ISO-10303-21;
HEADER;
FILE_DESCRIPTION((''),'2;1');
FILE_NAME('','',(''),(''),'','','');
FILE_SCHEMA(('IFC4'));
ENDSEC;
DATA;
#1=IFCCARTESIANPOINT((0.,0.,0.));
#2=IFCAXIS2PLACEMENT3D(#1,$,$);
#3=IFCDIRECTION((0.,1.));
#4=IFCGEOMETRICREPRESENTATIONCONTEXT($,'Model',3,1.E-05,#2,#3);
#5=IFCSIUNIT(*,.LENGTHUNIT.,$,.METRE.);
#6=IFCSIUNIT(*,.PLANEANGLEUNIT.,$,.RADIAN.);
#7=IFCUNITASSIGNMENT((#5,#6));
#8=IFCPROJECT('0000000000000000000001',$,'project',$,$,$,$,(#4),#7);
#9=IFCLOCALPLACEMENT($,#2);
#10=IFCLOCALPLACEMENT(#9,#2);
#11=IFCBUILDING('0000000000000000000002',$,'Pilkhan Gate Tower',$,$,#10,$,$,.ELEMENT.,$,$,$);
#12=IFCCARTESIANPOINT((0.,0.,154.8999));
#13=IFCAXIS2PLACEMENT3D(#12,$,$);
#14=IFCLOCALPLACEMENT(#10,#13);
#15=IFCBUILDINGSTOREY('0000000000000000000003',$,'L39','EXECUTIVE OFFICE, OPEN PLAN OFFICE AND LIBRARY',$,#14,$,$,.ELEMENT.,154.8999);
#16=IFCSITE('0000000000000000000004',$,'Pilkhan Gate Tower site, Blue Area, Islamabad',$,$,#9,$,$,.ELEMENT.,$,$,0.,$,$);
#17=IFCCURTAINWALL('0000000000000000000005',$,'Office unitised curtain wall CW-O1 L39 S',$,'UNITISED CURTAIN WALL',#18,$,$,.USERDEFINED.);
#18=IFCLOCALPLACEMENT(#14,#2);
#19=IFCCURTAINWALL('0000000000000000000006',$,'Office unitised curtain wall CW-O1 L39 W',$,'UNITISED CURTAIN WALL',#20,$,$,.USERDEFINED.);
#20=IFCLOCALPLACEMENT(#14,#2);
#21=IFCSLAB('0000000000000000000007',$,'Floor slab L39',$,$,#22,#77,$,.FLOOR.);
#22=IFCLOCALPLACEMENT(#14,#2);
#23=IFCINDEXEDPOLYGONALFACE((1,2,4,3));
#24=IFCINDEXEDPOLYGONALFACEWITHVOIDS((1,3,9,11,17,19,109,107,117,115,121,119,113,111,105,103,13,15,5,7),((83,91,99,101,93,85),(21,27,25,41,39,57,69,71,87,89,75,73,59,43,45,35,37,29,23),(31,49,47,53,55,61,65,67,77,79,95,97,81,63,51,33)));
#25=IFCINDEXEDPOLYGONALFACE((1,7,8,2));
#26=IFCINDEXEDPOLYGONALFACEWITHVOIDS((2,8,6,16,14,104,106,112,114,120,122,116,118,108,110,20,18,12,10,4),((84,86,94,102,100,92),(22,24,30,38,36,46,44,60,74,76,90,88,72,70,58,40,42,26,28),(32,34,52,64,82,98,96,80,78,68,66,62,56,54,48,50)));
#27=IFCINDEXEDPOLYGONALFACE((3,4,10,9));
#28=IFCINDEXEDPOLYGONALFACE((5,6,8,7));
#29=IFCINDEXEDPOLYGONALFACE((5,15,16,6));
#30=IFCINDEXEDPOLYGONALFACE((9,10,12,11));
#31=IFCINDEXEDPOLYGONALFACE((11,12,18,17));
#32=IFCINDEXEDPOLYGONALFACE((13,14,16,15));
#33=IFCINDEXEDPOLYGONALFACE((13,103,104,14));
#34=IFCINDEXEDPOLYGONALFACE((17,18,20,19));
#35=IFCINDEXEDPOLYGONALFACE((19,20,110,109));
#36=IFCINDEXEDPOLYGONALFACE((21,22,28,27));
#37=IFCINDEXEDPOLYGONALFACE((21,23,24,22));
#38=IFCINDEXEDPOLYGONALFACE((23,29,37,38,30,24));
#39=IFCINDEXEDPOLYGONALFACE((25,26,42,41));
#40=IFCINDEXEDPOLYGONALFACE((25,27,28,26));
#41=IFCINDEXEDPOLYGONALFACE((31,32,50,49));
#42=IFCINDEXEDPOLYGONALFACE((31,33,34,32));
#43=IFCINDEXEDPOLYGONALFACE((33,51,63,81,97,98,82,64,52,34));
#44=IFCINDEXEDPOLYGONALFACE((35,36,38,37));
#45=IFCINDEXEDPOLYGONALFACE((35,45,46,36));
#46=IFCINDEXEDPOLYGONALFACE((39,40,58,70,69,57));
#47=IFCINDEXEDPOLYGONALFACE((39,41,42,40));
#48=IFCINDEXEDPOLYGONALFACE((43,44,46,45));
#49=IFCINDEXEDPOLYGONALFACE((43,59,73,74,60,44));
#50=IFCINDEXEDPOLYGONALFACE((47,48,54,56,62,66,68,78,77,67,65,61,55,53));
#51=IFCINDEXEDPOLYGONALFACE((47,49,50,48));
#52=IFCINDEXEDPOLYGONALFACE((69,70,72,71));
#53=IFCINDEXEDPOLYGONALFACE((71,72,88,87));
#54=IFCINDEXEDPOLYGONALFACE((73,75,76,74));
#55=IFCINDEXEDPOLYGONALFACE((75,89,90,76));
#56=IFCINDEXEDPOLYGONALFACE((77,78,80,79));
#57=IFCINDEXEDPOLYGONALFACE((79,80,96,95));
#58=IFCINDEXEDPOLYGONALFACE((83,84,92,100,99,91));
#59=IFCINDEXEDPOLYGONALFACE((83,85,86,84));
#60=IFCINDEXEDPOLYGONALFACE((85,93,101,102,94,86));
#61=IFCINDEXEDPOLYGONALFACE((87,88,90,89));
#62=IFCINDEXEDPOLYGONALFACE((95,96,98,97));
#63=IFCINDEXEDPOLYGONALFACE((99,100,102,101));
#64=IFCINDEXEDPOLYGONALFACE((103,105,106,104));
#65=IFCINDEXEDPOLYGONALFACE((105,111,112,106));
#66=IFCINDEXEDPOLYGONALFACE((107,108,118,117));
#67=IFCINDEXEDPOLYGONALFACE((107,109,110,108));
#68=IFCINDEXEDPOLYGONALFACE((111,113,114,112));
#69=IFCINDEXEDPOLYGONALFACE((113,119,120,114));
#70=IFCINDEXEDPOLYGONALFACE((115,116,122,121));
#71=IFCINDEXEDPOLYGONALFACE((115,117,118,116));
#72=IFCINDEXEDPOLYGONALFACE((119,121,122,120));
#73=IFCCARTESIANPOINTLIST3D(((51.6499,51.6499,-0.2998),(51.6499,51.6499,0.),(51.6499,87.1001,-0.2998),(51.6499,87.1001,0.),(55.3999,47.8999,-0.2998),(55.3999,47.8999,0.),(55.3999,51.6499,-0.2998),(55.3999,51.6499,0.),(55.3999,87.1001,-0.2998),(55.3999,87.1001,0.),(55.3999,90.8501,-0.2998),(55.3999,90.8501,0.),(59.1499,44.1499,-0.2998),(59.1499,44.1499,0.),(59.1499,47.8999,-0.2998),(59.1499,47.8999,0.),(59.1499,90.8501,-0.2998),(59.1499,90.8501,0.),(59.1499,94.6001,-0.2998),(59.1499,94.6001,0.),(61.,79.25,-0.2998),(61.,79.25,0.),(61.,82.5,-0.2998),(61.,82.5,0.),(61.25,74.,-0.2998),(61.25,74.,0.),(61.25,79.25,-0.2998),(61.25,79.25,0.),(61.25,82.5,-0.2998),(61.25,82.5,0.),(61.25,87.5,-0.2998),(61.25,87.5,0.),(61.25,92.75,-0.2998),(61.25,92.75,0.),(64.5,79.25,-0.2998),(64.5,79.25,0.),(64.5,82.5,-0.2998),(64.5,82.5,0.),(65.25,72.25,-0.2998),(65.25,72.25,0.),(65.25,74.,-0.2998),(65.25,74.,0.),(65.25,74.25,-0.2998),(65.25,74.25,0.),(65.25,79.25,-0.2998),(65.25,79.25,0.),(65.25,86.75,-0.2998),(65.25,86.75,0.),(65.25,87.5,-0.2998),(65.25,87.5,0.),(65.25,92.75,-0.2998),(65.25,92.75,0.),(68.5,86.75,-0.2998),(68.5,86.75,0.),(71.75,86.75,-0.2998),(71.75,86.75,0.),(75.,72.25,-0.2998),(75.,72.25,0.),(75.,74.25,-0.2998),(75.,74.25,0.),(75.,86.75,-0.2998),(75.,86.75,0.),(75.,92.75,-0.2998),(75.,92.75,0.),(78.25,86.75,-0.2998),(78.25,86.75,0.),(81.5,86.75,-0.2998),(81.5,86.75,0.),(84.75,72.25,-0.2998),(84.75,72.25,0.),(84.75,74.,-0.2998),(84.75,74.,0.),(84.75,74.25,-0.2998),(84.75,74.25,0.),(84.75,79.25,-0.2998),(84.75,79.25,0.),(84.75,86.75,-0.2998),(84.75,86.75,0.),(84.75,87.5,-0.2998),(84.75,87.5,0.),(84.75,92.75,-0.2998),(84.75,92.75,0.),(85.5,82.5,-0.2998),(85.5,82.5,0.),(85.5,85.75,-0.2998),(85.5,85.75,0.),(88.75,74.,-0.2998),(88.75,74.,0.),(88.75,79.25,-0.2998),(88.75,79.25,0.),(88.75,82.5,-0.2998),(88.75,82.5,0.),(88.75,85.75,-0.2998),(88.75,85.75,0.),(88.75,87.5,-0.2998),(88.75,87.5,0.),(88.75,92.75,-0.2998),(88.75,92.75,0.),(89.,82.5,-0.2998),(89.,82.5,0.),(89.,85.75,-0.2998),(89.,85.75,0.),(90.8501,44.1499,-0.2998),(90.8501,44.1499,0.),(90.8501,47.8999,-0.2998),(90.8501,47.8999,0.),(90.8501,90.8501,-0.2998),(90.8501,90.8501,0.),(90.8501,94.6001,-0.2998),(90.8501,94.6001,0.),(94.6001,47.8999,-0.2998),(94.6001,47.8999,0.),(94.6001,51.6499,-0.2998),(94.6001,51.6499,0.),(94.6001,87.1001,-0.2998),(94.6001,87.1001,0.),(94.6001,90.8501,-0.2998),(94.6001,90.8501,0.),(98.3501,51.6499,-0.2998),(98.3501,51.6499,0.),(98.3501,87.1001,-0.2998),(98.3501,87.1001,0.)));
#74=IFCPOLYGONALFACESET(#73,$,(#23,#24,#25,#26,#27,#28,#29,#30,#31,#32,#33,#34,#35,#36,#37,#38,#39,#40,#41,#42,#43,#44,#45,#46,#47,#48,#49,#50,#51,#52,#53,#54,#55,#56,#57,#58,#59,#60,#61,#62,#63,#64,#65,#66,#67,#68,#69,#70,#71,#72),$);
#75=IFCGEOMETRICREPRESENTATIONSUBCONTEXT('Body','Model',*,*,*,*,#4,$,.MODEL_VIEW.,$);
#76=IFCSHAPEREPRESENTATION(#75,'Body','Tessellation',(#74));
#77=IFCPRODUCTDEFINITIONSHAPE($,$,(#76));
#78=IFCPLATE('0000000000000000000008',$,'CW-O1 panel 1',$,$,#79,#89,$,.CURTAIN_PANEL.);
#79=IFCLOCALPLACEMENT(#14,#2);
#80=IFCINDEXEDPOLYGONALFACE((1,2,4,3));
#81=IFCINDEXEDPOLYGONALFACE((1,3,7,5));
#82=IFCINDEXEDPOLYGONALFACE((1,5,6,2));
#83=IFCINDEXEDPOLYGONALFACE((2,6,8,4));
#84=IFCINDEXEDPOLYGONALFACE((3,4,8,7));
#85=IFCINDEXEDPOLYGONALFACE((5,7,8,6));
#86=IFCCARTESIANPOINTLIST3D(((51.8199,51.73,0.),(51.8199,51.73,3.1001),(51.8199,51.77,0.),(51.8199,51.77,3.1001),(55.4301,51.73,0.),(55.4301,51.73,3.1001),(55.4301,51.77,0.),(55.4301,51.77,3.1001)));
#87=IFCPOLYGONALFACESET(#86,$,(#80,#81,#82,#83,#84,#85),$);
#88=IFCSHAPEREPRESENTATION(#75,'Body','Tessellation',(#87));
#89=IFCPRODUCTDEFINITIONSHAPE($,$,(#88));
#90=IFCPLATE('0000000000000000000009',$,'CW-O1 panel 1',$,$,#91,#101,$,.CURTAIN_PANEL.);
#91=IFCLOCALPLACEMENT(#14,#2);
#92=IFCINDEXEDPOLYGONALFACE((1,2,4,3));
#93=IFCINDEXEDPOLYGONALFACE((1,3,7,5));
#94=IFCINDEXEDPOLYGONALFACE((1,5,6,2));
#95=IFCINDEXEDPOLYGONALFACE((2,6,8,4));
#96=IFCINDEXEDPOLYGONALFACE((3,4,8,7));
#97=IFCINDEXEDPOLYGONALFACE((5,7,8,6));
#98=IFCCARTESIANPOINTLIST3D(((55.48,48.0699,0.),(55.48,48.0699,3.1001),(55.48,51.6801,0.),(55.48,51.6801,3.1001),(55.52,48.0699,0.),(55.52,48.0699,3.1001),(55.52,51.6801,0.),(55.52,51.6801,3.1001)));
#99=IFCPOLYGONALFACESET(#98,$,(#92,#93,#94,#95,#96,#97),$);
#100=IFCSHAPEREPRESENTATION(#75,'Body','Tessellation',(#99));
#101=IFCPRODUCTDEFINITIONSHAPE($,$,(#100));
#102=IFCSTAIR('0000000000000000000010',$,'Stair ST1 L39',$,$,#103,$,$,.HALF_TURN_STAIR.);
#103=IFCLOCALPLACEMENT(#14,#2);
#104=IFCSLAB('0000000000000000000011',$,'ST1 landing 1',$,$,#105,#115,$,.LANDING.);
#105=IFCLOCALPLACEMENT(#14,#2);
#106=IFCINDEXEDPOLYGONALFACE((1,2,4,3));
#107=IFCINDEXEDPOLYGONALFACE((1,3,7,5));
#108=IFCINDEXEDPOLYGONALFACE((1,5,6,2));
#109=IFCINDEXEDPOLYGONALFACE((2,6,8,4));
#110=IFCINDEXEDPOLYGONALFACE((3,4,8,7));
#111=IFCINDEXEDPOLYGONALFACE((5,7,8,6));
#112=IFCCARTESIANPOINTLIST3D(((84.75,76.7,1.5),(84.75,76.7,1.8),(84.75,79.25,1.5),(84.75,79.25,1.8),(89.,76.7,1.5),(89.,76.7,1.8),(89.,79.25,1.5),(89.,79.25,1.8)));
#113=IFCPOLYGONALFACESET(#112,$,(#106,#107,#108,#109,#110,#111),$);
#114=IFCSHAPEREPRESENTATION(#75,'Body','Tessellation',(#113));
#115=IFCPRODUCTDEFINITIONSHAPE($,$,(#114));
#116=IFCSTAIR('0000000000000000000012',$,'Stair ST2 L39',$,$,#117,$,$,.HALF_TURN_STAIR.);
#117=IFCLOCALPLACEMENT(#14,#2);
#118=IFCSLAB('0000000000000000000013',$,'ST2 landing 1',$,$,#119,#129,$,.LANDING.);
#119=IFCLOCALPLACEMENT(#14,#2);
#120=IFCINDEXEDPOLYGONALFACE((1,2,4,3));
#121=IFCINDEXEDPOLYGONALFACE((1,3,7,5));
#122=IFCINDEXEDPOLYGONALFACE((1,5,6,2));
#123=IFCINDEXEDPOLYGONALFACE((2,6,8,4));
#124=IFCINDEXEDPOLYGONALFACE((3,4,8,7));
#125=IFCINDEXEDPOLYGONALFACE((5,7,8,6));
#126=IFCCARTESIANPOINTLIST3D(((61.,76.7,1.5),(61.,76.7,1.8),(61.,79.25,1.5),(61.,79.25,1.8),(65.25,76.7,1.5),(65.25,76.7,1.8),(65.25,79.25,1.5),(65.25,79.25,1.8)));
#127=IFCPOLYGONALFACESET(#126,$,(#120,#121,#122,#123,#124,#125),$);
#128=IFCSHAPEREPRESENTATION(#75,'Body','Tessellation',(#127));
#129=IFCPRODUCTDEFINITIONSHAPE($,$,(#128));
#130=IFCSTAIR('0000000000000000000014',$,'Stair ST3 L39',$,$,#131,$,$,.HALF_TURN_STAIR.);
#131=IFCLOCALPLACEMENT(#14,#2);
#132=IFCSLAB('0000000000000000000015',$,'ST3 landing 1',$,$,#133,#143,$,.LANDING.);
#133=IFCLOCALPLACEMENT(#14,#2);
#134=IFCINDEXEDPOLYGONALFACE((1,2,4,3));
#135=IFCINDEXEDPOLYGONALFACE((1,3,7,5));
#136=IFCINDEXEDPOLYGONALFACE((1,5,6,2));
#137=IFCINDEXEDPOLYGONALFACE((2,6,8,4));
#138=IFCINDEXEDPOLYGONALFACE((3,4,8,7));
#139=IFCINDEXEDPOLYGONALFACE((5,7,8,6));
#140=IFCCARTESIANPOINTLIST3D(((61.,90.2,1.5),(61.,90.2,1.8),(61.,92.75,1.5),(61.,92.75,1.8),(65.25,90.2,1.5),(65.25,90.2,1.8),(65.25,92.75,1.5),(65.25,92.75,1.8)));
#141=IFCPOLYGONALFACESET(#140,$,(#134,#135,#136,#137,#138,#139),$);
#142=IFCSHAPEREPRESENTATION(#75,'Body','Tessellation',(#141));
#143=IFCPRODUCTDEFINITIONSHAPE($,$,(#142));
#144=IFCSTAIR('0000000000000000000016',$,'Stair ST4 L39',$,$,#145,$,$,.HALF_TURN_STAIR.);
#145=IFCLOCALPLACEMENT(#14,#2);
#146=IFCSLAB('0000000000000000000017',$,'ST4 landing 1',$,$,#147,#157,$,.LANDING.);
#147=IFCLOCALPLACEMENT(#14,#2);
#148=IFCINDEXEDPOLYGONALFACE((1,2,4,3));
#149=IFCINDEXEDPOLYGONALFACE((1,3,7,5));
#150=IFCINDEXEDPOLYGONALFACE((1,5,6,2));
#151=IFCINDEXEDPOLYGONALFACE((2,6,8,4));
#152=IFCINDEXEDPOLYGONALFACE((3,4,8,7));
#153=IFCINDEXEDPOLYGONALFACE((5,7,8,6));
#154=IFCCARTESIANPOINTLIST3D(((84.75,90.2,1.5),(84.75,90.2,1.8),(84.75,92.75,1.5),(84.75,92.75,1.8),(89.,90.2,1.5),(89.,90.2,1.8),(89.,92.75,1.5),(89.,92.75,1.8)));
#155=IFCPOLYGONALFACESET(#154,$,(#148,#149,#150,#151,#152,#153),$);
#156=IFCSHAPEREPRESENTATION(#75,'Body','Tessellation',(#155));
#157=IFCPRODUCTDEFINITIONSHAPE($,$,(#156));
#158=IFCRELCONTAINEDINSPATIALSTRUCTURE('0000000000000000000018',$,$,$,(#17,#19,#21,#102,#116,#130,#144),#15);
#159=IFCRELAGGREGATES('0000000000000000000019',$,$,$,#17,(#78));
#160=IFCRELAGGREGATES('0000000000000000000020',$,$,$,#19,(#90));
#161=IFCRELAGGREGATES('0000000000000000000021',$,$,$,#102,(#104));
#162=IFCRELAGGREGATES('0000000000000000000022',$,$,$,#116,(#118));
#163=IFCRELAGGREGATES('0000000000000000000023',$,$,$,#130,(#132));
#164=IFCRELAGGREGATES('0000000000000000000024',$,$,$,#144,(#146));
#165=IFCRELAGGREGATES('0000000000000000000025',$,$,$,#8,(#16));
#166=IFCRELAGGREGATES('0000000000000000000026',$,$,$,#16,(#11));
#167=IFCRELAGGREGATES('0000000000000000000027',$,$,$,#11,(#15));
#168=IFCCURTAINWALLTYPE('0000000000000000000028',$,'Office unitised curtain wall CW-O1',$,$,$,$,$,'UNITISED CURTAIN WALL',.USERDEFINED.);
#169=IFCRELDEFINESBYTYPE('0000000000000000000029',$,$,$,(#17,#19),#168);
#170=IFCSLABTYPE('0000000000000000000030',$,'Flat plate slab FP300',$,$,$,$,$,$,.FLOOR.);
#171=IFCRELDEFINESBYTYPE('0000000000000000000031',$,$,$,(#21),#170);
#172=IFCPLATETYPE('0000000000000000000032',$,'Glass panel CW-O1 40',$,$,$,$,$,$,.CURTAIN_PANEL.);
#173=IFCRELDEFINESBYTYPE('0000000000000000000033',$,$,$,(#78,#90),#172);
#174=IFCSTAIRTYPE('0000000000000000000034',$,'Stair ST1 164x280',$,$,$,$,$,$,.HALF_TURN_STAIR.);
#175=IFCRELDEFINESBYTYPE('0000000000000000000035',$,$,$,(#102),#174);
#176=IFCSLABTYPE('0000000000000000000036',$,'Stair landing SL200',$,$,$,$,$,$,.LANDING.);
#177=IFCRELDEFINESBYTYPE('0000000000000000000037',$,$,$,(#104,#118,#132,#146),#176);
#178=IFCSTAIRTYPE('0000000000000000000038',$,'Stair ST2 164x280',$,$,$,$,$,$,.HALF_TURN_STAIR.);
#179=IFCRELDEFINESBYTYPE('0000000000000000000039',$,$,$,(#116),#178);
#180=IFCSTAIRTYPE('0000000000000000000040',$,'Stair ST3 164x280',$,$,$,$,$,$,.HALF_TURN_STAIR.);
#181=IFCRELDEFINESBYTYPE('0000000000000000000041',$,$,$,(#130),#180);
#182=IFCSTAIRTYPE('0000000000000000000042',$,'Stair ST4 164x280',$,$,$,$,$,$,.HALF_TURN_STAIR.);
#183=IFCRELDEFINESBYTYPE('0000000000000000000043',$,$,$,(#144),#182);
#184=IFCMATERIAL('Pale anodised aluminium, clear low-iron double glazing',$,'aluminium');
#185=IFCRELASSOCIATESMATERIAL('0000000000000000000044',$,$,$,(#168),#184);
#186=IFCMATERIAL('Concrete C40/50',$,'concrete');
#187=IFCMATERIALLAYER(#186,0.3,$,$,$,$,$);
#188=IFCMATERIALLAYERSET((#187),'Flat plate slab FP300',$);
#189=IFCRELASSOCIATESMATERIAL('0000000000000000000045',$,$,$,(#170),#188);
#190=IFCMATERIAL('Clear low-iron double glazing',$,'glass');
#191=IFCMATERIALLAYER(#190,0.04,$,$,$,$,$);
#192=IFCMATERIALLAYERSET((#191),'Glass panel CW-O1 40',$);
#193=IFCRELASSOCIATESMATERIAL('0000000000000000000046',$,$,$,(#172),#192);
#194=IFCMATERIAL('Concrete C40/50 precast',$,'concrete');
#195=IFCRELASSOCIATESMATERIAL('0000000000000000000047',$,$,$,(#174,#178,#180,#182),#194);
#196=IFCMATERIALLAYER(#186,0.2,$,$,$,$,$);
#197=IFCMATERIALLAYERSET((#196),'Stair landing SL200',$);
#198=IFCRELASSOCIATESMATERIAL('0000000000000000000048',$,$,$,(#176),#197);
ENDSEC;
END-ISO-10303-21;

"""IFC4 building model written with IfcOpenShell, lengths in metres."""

from ifc_helpers import new_model, si_unit, direction, frame, origin, origin_2d, place, context, subcontext, project, spatial, polyline, rectangle, outline, extrude, material, layer, layer_set, type_object, element, aggregate, save


model = new_model("IFC4")

# Units and contexts
model_context = context("Model", 3, precision=1e-05, world=origin(), true_north=direction((0.0, 1.0)))
body_context = subcontext(model_context, "Body", "Model", "MODEL_VIEW")
ifc_project = project(units=[si_unit("LENGTHUNIT", "METRE"), si_unit("PLANEANGLEUNIT", "RADIAN")], contexts=[model_context])

# Site, building, storey
site_placement = place(None, origin())
site = spatial("IfcSite", under=ifc_project, at=site_placement, Name="Pilkhan Gate Tower site, Blue Area, Islamabad", CompositionType="ELEMENT", RefElevation=0.0)
building_placement = place(site_placement, origin())
building = spatial("IfcBuilding", under=site, at=building_placement, Name="Pilkhan Gate Tower", CompositionType="ELEMENT")
storey_placement = place(building_placement, frame((0.0, 0.0, 154.8999)))
storey = spatial("IfcBuildingStorey", under=building, at=storey_placement, Name="L39", Description="EXECUTIVE OFFICE, OPEN PLAN OFFICE AND LIBRARY", CompositionType="ELEMENT", Elevation=154.8999)

# Shared definitions
ifc_material_1 = material(Name="Pale anodised aluminium, clear low-iron double glazing", Category="aluminium")
curtain_wall_type = type_object("IfcCurtainWallType", Name="Office unitised curtain wall CW-O1", ElementType="UNITISED CURTAIN WALL", PredefinedType="USERDEFINED", material=ifc_material_1)

# Curtain walls
curtain_wall_1_placement = place(storey_placement, origin())
curtain_wall_1 = element("IfcCurtainWall", 1, at=curtain_wall_1_placement, inside=storey, type_object=curtain_wall_type, Name="Office unitised curtain wall CW-O1 L39 S", ObjectType="UNITISED CURTAIN WALL", PredefinedType="USERDEFINED")
curtain_wall_2_placement = place(storey_placement, origin())
curtain_wall_2 = element("IfcCurtainWall", 2, at=curtain_wall_2_placement, inside=storey, type_object=curtain_wall_type, Name="Office unitised curtain wall CW-O1 L39 W", ObjectType="UNITISED CURTAIN WALL", PredefinedType="USERDEFINED")

# Slab
ifc_material_2 = material(Name="Concrete C40/50", Category="concrete")
ifc_layer_1 = layer(ifc_material_2, 0.3)
ifc_layer_set_1 = layer_set([ifc_layer_1], Name="Flat plate slab FP300")
slab_type_1 = type_object("IfcSlabType", Name="Flat plate slab FP300", PredefinedType="FLOOR", material=ifc_layer_set_1)
slab_1_placement = place(storey_placement, frame((0.0, 0.0, -0.2998)))
element("IfcSlab", 3, at=slab_1_placement, inside=storey, type_object=slab_type_1, Name="Floor slab L39", PredefinedType="FLOOR", context=body_context, shape_type="SweptSolid", body=[
    extrude(outline(polyline([(94.6001, 47.8999), (90.8501, 47.8999), (90.8501, 44.1499), (59.1499, 44.1499), (59.1499, 47.8999), (55.3999, 47.8999), (55.3999, 51.6499), (51.6499, 51.6499), (51.6499, 87.1001), (55.3999, 87.1001), (55.3999, 90.8501), (59.1499, 90.8501), (59.1499, 94.6001), (90.8501, 94.6001), (90.8501, 90.8501), (94.6001, 90.8501), (94.6001, 87.1001), (98.3501, 87.1001), (98.3501, 51.6499), (94.6001, 51.6499), (94.6001, 47.8999)]), holes=[polyline([(75.0, 72.25), (84.75, 72.25), (84.75, 74.0), (88.75, 74.0), (88.75, 79.25), (84.75, 79.25), (84.75, 74.25), (75.0, 74.25), (65.25, 74.25), (65.25, 79.25), (64.5, 79.25), (64.5, 82.5), (61.25, 82.5), (61.0, 82.5), (61.0, 79.25), (61.25, 79.25), (61.25, 74.0), (65.25, 74.0), (65.25, 72.25), (75.0, 72.25)]), polyline([(68.5, 86.75), (71.75, 86.75), (75.0, 86.75), (78.25, 86.75), (81.5, 86.75), (84.75, 86.75), (84.75, 87.5), (88.75, 87.5), (88.75, 92.75), (84.75, 92.75), (75.0, 92.75), (65.25, 92.75), (61.25, 92.75), (61.25, 87.5), (65.25, 87.5), (65.25, 86.75), (68.5, 86.75)]), polyline([(85.5, 85.75), (85.5, 82.5), (88.75, 82.5), (89.0, 82.5), (89.0, 85.75), (88.75, 85.75), (85.5, 85.75)])]), origin(), (0.0, 0.0, 1.0), 0.2998),
])

# Plates
ifc_material_3 = material(Name="Clear low-iron double glazing", Category="glass")
ifc_layer_2 = layer(ifc_material_3, 0.04)
ifc_layer_set_2 = layer_set([ifc_layer_2], Name="Glass panel CW-O1 40")
plate_type = type_object("IfcPlateType", Name="Glass panel CW-O1 40", PredefinedType="CURTAIN_PANEL", material=ifc_layer_set_2)
plate_1_placement = place(storey_placement, frame((53.625, 51.75, 0.0), z_axis=(0.0, 0.0, 1.0), x_axis=(1.0, 0.0, 0.0)))
plate_1 = element("IfcPlate", 4, at=plate_1_placement, type_object=plate_type, Name="CW-O1 panel 1", PredefinedType="CURTAIN_PANEL", context=body_context, shape_type="SweptSolid", body=[
    extrude(rectangle(XDim=3.6101, YDim=0.04, at=origin_2d()), origin(), (0.0, 0.0, 1.0), 3.1001),
])
aggregate(curtain_wall_1, [plate_1])
plate_2_placement = place(storey_placement, frame((55.5, 49.875, 0.0), z_axis=(0.0, 0.0, 1.0), x_axis=(0.0, 1.0, 0.0)))
plate_2 = element("IfcPlate", 5, at=plate_2_placement, type_object=plate_type, Name="CW-O1 panel 1", PredefinedType="CURTAIN_PANEL", context=body_context, shape_type="SweptSolid", body=[
    extrude(rectangle(XDim=3.6101, YDim=0.04, at=origin_2d()), origin(), (0.0, 0.0, 1.0), 3.1001),
])
aggregate(curtain_wall_2, [plate_2])

# Stairs, slabs
ifc_material_4 = material(Name="Concrete C40/50 precast", Category="concrete")
stair_type_1 = type_object("IfcStairType", Name="Stair ST1 164x280", PredefinedType="HALF_TURN_STAIR", material=ifc_material_4)
stair_1_placement = place(storey_placement, origin())
stair_1 = element("IfcStair", 6, at=stair_1_placement, inside=storey, type_object=stair_type_1, Name="Stair ST1 L39", PredefinedType="HALF_TURN_STAIR")
ifc_layer_3 = layer(ifc_material_2, 0.2)
ifc_layer_set_3 = layer_set([ifc_layer_3], Name="Stair landing SL200")
slab_type_2 = type_object("IfcSlabType", Name="Stair landing SL200", PredefinedType="LANDING", material=ifc_layer_set_3)
slab_2_placement = place(storey_placement, frame((0.0, 0.0, 1.5)))
slab_2 = element("IfcSlab", 7, at=slab_2_placement, type_object=slab_type_2, Name="ST1 landing 1", PredefinedType="LANDING", context=body_context, shape_type="SweptSolid", body=[
    extrude(outline(polyline([(89.0, 76.7), (89.0, 79.25), (84.75, 79.25), (84.75, 76.7), (89.0, 76.7)])), origin(), (0.0, 0.0, 1.0), 0.3),
])
aggregate(stair_1, [slab_2])
stair_type_2 = type_object("IfcStairType", Name="Stair ST2 164x280", PredefinedType="HALF_TURN_STAIR", material=ifc_material_4)
stair_2_placement = place(storey_placement, origin())
stair_2 = element("IfcStair", 8, at=stair_2_placement, inside=storey, type_object=stair_type_2, Name="Stair ST2 L39", PredefinedType="HALF_TURN_STAIR")
slab_3_placement = place(storey_placement, frame((0.0, 0.0, 1.5)))
slab_3 = element("IfcSlab", 9, at=slab_3_placement, type_object=slab_type_2, Name="ST2 landing 1", PredefinedType="LANDING", context=body_context, shape_type="SweptSolid", body=[
    extrude(outline(polyline([(65.25, 76.7), (65.25, 79.25), (61.0, 79.25), (61.0, 76.7), (65.25, 76.7)])), origin(), (0.0, 0.0, 1.0), 0.3),
])
aggregate(stair_2, [slab_3])
stair_type_3 = type_object("IfcStairType", Name="Stair ST3 164x280", PredefinedType="HALF_TURN_STAIR", material=ifc_material_4)
stair_3_placement = place(storey_placement, origin())
stair_3 = element("IfcStair", 10, at=stair_3_placement, inside=storey, type_object=stair_type_3, Name="Stair ST3 L39", PredefinedType="HALF_TURN_STAIR")
slab_4_placement = place(storey_placement, frame((0.0, 0.0, 1.5)))
slab_4 = element("IfcSlab", 11, at=slab_4_placement, type_object=slab_type_2, Name="ST3 landing 1", PredefinedType="LANDING", context=body_context, shape_type="SweptSolid", body=[
    extrude(outline(polyline([(65.25, 90.2), (65.25, 92.75), (61.0, 92.75), (61.0, 90.2), (65.25, 90.2)])), origin(), (0.0, 0.0, 1.0), 0.3),
])
aggregate(stair_3, [slab_4])
stair_type_4 = type_object("IfcStairType", Name="Stair ST4 164x280", PredefinedType="HALF_TURN_STAIR", material=ifc_material_4)
stair_4_placement = place(storey_placement, origin())
stair_4 = element("IfcStair", 12, at=stair_4_placement, inside=storey, type_object=stair_type_4, Name="Stair ST4 L39", PredefinedType="HALF_TURN_STAIR")
slab_5_placement = place(storey_placement, frame((0.0, 0.0, 1.5)))
slab_5 = element("IfcSlab", 13, at=slab_5_placement, type_object=slab_type_2, Name="ST4 landing 1", PredefinedType="LANDING", context=body_context, shape_type="SweptSolid", body=[
    extrude(outline(polyline([(89.0, 90.2), (89.0, 92.75), (84.75, 92.75), (84.75, 90.2), (89.0, 90.2)])), origin(), (0.0, 0.0, 1.0), 0.3),
])
aggregate(stair_4, [slab_5])

save(model, "model.ifc")
